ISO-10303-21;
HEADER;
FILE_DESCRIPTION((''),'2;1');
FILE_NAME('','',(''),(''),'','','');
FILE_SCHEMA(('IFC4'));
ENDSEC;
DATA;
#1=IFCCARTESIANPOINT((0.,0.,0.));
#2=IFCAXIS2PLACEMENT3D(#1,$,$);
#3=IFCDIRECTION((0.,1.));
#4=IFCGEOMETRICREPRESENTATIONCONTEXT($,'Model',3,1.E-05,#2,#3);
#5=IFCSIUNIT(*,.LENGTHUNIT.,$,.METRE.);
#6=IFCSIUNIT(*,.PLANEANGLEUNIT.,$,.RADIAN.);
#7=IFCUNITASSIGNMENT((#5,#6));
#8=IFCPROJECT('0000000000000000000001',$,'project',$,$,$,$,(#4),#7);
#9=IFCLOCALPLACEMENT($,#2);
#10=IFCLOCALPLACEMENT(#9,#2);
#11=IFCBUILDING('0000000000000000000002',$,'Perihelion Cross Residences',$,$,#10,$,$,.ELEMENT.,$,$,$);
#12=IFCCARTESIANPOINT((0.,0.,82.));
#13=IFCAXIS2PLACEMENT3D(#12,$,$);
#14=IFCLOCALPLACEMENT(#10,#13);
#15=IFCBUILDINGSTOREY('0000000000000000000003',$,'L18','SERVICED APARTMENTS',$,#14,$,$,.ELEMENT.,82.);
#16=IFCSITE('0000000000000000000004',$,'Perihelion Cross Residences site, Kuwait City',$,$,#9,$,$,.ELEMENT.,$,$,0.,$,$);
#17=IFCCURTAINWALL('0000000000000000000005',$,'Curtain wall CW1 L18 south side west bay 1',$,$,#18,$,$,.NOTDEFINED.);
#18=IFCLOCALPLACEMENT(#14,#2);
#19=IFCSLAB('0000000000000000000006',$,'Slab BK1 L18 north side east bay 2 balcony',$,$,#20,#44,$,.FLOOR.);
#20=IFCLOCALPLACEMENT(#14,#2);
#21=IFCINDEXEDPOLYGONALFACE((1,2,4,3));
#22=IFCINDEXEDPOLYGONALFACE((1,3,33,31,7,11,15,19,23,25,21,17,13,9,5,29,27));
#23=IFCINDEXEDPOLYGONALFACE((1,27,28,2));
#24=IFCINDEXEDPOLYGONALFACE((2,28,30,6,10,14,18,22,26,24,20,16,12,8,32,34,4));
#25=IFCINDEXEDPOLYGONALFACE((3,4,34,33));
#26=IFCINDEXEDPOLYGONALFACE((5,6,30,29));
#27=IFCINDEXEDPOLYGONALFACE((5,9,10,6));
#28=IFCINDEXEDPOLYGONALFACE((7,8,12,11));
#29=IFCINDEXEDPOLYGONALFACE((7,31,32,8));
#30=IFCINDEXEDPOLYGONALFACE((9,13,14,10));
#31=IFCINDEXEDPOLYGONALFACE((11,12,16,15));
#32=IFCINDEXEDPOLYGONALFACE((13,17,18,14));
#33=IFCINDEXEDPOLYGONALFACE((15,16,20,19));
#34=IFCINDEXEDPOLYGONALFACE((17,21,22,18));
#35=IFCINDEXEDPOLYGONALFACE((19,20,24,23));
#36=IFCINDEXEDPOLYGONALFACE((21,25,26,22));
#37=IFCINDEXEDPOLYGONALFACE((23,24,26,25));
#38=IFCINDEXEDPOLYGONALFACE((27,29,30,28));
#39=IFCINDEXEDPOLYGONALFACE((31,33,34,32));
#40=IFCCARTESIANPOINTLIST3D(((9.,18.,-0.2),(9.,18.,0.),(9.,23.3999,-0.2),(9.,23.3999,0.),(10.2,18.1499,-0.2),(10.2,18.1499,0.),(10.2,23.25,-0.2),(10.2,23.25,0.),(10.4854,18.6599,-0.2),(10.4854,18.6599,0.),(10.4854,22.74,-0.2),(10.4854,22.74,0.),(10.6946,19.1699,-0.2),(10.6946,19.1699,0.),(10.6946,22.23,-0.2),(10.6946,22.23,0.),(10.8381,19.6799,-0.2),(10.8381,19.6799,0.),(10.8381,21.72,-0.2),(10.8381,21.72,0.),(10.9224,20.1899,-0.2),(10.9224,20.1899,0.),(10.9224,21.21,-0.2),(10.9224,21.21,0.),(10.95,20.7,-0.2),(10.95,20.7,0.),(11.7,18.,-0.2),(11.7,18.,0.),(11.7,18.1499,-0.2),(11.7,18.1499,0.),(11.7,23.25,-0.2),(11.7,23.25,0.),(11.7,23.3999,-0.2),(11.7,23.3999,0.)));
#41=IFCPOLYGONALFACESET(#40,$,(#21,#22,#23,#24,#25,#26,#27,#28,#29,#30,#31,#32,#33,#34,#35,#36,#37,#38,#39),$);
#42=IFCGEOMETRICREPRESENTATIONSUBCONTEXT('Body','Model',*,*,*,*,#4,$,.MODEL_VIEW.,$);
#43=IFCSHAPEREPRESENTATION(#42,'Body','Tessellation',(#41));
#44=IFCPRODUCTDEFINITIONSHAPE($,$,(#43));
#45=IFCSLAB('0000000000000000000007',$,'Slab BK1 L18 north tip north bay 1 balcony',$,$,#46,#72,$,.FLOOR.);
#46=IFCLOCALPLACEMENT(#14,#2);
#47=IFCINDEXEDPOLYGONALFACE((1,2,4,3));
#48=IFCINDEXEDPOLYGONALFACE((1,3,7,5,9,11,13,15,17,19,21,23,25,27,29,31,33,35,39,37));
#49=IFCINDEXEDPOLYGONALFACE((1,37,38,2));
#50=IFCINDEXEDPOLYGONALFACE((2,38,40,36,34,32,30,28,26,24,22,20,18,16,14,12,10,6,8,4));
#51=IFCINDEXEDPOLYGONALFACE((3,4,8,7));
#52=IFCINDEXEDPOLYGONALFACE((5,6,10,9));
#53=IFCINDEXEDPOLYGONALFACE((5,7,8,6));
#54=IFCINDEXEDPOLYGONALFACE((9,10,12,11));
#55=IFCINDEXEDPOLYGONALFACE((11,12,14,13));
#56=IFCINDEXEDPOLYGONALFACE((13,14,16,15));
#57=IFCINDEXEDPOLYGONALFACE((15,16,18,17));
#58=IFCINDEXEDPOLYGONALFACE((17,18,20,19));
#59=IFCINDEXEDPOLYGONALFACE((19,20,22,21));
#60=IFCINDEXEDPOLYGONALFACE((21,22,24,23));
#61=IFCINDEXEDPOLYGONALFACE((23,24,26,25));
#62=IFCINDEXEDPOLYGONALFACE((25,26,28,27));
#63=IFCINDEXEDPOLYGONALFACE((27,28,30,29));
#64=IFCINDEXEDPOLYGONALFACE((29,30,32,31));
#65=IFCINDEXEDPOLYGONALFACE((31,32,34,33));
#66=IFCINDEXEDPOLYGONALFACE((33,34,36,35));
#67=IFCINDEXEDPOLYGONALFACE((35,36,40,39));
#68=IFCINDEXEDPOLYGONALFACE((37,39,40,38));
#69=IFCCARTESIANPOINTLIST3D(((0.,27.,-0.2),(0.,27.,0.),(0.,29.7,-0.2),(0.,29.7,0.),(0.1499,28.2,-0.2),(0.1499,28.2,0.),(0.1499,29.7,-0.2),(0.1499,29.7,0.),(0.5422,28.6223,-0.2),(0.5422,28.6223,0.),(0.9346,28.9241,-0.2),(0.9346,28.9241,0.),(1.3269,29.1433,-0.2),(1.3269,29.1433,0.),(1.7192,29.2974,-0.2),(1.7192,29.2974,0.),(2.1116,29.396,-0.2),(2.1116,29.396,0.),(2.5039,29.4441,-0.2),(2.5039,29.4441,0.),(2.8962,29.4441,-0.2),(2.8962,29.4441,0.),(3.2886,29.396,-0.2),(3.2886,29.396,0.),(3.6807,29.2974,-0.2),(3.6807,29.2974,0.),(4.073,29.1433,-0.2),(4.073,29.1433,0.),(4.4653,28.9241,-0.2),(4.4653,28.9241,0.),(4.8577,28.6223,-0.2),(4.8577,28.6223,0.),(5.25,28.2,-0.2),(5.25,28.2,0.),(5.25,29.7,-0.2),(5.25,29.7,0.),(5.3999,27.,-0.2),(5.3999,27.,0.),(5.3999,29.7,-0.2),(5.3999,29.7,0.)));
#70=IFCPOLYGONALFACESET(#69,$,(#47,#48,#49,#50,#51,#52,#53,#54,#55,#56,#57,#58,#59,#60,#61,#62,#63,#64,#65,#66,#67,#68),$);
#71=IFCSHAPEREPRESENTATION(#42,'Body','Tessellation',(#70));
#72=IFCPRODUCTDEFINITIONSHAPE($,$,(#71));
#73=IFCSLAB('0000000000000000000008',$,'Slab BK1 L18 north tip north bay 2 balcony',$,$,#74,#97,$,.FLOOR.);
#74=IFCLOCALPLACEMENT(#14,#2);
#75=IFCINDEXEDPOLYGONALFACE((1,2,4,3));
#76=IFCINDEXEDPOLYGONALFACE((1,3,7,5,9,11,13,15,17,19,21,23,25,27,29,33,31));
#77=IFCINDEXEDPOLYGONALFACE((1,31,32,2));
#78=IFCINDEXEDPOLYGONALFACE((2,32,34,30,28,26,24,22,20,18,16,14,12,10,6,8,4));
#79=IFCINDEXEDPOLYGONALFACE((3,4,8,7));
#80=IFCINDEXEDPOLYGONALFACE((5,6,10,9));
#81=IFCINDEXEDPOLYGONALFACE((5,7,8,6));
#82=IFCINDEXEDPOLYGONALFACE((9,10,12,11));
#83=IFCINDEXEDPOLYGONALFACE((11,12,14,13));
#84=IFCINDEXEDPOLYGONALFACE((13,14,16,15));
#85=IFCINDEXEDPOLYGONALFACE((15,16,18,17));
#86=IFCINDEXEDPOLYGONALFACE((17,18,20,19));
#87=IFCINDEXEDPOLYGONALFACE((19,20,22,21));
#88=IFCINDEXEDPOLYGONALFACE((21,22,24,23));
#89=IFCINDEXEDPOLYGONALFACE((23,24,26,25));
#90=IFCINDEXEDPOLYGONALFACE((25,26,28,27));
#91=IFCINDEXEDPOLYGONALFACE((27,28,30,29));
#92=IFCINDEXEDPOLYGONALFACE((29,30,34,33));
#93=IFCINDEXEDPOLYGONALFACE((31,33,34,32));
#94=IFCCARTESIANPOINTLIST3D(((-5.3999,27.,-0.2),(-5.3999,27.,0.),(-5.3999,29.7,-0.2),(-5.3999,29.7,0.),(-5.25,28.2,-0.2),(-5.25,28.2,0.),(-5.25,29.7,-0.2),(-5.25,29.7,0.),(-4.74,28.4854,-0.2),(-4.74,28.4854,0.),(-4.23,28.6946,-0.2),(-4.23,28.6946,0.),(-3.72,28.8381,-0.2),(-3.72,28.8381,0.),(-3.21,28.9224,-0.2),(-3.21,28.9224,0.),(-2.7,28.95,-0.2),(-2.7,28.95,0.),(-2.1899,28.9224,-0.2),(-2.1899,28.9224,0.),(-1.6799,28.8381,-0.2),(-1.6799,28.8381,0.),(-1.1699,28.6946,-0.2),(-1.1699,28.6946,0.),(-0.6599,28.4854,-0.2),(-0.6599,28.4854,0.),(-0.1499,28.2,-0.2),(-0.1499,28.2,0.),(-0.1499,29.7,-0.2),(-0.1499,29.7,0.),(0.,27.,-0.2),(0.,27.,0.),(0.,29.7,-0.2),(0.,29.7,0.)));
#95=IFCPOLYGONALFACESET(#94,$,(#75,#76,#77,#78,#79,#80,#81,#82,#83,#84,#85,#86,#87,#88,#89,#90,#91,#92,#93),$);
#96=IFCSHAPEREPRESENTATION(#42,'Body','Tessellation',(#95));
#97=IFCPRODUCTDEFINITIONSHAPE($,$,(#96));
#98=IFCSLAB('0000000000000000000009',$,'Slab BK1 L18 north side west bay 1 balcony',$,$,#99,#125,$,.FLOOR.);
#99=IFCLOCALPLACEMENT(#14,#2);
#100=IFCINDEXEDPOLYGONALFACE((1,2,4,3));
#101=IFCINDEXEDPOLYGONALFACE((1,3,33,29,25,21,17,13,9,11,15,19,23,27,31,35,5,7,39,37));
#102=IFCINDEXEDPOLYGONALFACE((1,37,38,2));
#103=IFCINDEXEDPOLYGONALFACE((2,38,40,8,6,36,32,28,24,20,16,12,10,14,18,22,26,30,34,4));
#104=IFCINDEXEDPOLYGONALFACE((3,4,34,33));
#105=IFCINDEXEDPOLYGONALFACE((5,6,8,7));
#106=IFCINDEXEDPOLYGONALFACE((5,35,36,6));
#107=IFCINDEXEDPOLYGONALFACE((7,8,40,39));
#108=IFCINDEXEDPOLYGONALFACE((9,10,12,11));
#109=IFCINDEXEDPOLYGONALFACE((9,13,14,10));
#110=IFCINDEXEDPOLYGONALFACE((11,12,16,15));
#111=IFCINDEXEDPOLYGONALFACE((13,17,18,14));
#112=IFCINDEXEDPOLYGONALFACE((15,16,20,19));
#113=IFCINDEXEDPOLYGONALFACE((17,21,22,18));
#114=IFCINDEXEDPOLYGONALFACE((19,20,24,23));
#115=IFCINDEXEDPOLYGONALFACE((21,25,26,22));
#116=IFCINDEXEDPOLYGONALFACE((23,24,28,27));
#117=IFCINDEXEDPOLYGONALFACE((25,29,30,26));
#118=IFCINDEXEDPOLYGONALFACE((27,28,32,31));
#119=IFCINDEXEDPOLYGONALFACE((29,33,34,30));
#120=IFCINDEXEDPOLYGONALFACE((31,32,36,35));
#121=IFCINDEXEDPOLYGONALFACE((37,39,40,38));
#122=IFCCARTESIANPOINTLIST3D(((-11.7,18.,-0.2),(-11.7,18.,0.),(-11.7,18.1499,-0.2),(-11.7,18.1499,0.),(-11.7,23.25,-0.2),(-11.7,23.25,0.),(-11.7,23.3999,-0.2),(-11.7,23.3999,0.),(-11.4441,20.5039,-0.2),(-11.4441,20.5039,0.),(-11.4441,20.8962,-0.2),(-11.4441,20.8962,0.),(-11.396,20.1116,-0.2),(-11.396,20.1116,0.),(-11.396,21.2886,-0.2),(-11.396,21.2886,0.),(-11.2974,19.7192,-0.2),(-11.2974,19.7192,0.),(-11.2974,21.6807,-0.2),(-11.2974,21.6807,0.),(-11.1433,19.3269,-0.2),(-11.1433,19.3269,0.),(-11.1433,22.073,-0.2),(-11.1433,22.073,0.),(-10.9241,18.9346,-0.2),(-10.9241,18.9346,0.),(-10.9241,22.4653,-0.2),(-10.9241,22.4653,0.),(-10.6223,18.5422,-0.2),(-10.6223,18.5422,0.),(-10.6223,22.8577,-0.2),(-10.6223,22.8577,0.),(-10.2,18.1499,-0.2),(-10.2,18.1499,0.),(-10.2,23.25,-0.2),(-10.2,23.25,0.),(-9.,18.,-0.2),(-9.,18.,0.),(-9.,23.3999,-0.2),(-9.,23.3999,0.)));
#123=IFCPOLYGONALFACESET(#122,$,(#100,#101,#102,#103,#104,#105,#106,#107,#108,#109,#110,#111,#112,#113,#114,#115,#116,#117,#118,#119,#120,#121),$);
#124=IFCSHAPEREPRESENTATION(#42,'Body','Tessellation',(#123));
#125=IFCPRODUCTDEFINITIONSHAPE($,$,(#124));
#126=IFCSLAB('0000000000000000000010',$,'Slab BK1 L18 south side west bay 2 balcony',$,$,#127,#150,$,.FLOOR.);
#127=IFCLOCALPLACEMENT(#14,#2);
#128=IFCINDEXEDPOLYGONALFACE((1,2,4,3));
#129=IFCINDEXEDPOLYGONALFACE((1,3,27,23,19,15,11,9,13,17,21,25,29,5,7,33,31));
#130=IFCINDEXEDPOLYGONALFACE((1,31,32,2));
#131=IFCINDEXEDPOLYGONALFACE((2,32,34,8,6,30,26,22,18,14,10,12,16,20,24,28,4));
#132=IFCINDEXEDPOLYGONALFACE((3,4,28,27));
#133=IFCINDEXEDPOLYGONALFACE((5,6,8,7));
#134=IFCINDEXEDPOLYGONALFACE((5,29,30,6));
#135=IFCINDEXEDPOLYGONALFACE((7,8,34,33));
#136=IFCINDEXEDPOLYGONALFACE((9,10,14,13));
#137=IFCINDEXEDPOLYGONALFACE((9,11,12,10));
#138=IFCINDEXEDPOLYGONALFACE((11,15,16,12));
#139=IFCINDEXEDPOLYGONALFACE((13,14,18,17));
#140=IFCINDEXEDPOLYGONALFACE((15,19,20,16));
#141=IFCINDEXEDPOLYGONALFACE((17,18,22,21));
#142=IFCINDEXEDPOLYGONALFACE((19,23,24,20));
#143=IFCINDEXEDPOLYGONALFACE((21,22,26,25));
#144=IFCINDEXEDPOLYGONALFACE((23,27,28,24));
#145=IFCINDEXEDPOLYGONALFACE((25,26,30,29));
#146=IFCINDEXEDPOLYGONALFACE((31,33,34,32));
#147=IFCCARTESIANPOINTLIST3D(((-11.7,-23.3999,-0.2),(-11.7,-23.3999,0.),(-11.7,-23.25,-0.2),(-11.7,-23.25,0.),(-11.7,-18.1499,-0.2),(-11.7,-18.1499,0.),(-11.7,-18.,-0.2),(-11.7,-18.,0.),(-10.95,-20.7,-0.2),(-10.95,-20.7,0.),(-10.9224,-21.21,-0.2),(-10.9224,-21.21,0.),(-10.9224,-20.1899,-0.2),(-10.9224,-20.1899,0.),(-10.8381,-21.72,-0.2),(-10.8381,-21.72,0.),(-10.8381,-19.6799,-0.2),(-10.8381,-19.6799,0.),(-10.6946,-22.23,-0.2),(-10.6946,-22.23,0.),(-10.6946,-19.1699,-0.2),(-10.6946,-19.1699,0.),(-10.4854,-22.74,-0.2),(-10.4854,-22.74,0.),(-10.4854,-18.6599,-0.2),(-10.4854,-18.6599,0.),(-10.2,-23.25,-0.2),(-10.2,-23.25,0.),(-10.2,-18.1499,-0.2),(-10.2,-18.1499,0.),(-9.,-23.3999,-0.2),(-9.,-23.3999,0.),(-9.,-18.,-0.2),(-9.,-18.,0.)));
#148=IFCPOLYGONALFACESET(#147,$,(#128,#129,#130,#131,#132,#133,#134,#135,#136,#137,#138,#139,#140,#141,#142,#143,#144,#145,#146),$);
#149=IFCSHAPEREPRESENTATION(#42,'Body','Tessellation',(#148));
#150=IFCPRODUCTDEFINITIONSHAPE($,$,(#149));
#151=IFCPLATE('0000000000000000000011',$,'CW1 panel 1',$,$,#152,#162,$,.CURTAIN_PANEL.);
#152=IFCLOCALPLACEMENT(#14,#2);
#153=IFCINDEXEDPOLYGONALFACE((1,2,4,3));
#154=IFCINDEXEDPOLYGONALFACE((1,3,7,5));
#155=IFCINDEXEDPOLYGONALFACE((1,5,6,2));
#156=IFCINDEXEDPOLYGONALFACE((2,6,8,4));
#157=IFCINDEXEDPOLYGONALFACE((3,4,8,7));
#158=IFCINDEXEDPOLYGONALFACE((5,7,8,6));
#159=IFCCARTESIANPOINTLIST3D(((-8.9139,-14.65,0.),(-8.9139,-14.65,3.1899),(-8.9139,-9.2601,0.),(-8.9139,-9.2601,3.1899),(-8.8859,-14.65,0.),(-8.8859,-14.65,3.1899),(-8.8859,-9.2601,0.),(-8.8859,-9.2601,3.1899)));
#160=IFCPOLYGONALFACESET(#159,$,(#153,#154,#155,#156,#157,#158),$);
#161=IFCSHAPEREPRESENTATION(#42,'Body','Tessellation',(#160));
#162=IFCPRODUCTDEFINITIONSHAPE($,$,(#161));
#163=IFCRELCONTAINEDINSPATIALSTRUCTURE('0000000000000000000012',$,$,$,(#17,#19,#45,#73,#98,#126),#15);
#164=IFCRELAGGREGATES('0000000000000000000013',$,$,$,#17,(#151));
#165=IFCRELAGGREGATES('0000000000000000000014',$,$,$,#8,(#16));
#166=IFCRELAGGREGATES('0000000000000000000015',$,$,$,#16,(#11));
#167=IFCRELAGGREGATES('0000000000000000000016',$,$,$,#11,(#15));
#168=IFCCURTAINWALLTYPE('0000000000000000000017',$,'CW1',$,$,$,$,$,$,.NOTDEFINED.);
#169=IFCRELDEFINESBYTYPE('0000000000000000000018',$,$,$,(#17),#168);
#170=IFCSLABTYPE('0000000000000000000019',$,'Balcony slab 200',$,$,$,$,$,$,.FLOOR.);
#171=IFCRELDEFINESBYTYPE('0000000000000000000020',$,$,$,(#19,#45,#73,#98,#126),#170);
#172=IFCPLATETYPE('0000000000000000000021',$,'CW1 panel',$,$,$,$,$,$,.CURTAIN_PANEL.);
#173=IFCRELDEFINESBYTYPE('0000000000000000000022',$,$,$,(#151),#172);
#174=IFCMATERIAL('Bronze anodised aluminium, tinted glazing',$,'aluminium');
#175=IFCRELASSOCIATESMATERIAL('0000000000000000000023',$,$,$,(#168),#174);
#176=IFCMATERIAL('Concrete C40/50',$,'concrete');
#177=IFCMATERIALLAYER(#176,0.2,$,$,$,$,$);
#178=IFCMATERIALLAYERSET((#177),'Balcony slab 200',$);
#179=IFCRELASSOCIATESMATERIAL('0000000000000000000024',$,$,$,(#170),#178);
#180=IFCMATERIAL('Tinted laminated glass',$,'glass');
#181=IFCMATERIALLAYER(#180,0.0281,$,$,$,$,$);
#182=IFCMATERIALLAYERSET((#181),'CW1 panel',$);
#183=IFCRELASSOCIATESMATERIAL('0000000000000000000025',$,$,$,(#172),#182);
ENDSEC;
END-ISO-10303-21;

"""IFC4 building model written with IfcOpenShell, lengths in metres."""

from ifc_helpers import new_model, si_unit, direction, frame, origin, origin_2d, place, context, subcontext, project, spatial, polyline, rectangle, outline, extrude, material, layer, layer_set, type_object, element, aggregate, save


model = new_model("IFC4")

# Units and contexts
model_context = context("Model", 3, precision=1e-05, world=origin(), true_north=direction((0.0, 1.0)))
body_context = subcontext(model_context, "Body", "Model", "MODEL_VIEW")
ifc_project = project(units=[si_unit("LENGTHUNIT", "METRE"), si_unit("PLANEANGLEUNIT", "RADIAN")], contexts=[model_context])

# Site, building, storey
site_placement = place(None, origin())
site = spatial("IfcSite", under=ifc_project, at=site_placement, Name="Perihelion Cross Residences site, Kuwait City", CompositionType="ELEMENT", RefElevation=0.0)
building_placement = place(site_placement, origin())
building = spatial("IfcBuilding", under=site, at=building_placement, Name="Perihelion Cross Residences", CompositionType="ELEMENT")
storey_placement = place(building_placement, frame((0.0, 0.0, 82.0)))
storey = spatial("IfcBuildingStorey", under=building, at=storey_placement, Name="L18", Description="SERVICED APARTMENTS", CompositionType="ELEMENT", Elevation=82.0)

# Curtain wall
ifc_material_1 = material(Name="Bronze anodised aluminium, tinted glazing", Category="aluminium")
curtain_wall_type = type_object("IfcCurtainWallType", Name="CW1", PredefinedType="NOTDEFINED", material=ifc_material_1)
curtain_wall_placement = place(storey_placement, origin())
curtain_wall = element("IfcCurtainWall", 1, at=curtain_wall_placement, inside=storey, type_object=curtain_wall_type, Name="Curtain wall CW1 L18 south side west bay 1", PredefinedType="NOTDEFINED")

# Slabs
ifc_material_2 = material(Name="Concrete C40/50", Category="concrete")
ifc_layer_1 = layer(ifc_material_2, 0.2)
ifc_layer_set_1 = layer_set([ifc_layer_1], Name="Balcony slab 200")
slab_type_1 = type_object("IfcSlabType", Name="Balcony slab 200", PredefinedType="FLOOR", material=ifc_layer_set_1)
slab_1_placement = place(storey_placement, frame((0.0, 0.0, -0.2)))
element("IfcSlab", 2, at=slab_1_placement, inside=storey, type_object=slab_type_1, Name="Slab BK1 L18 north side east bay 2 balcony", PredefinedType="FLOOR", context=body_context, shape_type="SweptSolid", body=[
    extrude(outline(polyline([(9.0, 18.0), (9.0, 23.3999), (11.7, 23.3999), (11.7, 23.25), (10.2, 23.25), (10.4854, 22.74), (10.6946, 22.23), (10.8381, 21.72), (10.9224, 21.21), (10.95, 20.7), (10.9224, 20.1899), (10.8381, 19.6799), (10.6946, 19.1699), (10.4854, 18.6599), (10.2, 18.1499), (11.7, 18.1499), (11.7, 18.0), (9.0, 18.0)])), origin(), (0.0, 0.0, 1.0), 0.2),
])
slab_2_placement = place(storey_placement, frame((0.0, 0.0, -0.2)))
element("IfcSlab", 3, at=slab_2_placement, inside=storey, type_object=slab_type_1, Name="Slab BK1 L18 north tip north bay 1 balcony", PredefinedType="FLOOR", context=body_context, shape_type="SweptSolid", body=[
    extrude(outline(polyline([(5.3999, 27.0), (0.0, 27.0), (0.0, 29.7), (0.1499, 29.7), (0.1499, 28.2), (0.5422, 28.6223), (0.9346, 28.9241), (1.3269, 29.1433), (1.7192, 29.2974), (2.1116, 29.396), (2.5039, 29.4441), (2.8962, 29.4441), (3.2886, 29.396), (3.6807, 29.2974), (4.073, 29.1433), (4.4653, 28.9241), (4.8577, 28.6223), (5.25, 28.2), (5.25, 29.7), (5.3999, 29.7), (5.3999, 27.0)])), origin(), (0.0, 0.0, 1.0), 0.2),
])
slab_3_placement = place(storey_placement, frame((0.0, 0.0, -0.2)))
element("IfcSlab", 4, at=slab_3_placement, inside=storey, type_object=slab_type_1, Name="Slab BK1 L18 north tip north bay 2 balcony", PredefinedType="FLOOR", context=body_context, shape_type="SweptSolid", body=[
    extrude(outline(polyline([(0.0, 27.0), (-5.3999, 27.0), (-5.3999, 29.7), (-5.25, 29.7), (-5.25, 28.2), (-4.74, 28.4854), (-4.23, 28.6946), (-3.72, 28.8381), (-3.21, 28.9224), (-2.7, 28.95), (-2.1899, 28.9224), (-1.6799, 28.8381), (-1.1699, 28.6946), (-0.6599, 28.4854), (-0.1499, 28.2), (-0.1499, 29.7), (0.0, 29.7), (0.0, 27.0)])), origin(), (0.0, 0.0, 1.0), 0.2),
])
slab_4_placement = place(storey_placement, frame((0.0, 0.0, -0.2)))
element("IfcSlab", 5, at=slab_4_placement, inside=storey, type_object=slab_type_1, Name="Slab BK1 L18 north side west bay 1 balcony", PredefinedType="FLOOR", context=body_context, shape_type="SweptSolid", body=[
    extrude(outline(polyline([(-9.0, 23.3999), (-9.0, 18.0), (-11.7, 18.0), (-11.7, 18.1499), (-10.2, 18.1499), (-10.6223, 18.5422), (-10.9241, 18.9346), (-11.1433, 19.3269), (-11.2974, 19.7192), (-11.396, 20.1116), (-11.4441, 20.5039), (-11.4441, 20.8962), (-11.396, 21.2886), (-11.2974, 21.6807), (-11.1433, 22.073), (-10.9241, 22.4653), (-10.6223, 22.8577), (-10.2, 23.25), (-11.7, 23.25), (-11.7, 23.3999), (-9.0, 23.3999)])), origin(), (0.0, 0.0, 1.0), 0.2),
])
slab_5_placement = place(storey_placement, frame((0.0, 0.0, -0.2)))
element("IfcSlab", 6, at=slab_5_placement, inside=storey, type_object=slab_type_1, Name="Slab BK1 L18 south side west bay 2 balcony", PredefinedType="FLOOR", context=body_context, shape_type="SweptSolid", body=[
    extrude(outline(polyline([(-9.0, -18.0), (-9.0, -23.3999), (-11.7, -23.3999), (-11.7, -23.25), (-10.2, -23.25), (-10.4854, -22.74), (-10.6946, -22.23), (-10.8381, -21.72), (-10.9224, -21.21), (-10.95, -20.7), (-10.9224, -20.1899), (-10.8381, -19.6799), (-10.6946, -19.1699), (-10.4854, -18.6599), (-10.2, -18.1499), (-11.7, -18.1499), (-11.7, -18.0), (-9.0, -18.0)])), origin(), (0.0, 0.0, 1.0), 0.2),
])

# Plate
ifc_material_3 = material(Name="Tinted laminated glass", Category="glass")
ifc_layer_2 = layer(ifc_material_3, 0.0281)
ifc_layer_set_2 = layer_set([ifc_layer_2], Name="CW1 panel")
plate_type = type_object("IfcPlateType", Name="CW1 panel", PredefinedType="CURTAIN_PANEL", material=ifc_layer_set_2)
plate_placement = place(storey_placement, frame((-8.8999, -11.9551, 0.0), z_axis=(0.0, 0.0, 1.0), x_axis=(0.0, -1.0, 0.0)))
plate = element("IfcPlate", 7, at=plate_placement, type_object=plate_type, Name="CW1 panel 1", PredefinedType="CURTAIN_PANEL", context=body_context, shape_type="SweptSolid", body=[
    extrude(rectangle(XDim=5.3899, YDim=0.0281, at=origin_2d()), origin(), (0.0, 0.0, 1.0), 3.1899),
])
aggregate(curtain_wall, [plate])

save(model, "model.ifc")
